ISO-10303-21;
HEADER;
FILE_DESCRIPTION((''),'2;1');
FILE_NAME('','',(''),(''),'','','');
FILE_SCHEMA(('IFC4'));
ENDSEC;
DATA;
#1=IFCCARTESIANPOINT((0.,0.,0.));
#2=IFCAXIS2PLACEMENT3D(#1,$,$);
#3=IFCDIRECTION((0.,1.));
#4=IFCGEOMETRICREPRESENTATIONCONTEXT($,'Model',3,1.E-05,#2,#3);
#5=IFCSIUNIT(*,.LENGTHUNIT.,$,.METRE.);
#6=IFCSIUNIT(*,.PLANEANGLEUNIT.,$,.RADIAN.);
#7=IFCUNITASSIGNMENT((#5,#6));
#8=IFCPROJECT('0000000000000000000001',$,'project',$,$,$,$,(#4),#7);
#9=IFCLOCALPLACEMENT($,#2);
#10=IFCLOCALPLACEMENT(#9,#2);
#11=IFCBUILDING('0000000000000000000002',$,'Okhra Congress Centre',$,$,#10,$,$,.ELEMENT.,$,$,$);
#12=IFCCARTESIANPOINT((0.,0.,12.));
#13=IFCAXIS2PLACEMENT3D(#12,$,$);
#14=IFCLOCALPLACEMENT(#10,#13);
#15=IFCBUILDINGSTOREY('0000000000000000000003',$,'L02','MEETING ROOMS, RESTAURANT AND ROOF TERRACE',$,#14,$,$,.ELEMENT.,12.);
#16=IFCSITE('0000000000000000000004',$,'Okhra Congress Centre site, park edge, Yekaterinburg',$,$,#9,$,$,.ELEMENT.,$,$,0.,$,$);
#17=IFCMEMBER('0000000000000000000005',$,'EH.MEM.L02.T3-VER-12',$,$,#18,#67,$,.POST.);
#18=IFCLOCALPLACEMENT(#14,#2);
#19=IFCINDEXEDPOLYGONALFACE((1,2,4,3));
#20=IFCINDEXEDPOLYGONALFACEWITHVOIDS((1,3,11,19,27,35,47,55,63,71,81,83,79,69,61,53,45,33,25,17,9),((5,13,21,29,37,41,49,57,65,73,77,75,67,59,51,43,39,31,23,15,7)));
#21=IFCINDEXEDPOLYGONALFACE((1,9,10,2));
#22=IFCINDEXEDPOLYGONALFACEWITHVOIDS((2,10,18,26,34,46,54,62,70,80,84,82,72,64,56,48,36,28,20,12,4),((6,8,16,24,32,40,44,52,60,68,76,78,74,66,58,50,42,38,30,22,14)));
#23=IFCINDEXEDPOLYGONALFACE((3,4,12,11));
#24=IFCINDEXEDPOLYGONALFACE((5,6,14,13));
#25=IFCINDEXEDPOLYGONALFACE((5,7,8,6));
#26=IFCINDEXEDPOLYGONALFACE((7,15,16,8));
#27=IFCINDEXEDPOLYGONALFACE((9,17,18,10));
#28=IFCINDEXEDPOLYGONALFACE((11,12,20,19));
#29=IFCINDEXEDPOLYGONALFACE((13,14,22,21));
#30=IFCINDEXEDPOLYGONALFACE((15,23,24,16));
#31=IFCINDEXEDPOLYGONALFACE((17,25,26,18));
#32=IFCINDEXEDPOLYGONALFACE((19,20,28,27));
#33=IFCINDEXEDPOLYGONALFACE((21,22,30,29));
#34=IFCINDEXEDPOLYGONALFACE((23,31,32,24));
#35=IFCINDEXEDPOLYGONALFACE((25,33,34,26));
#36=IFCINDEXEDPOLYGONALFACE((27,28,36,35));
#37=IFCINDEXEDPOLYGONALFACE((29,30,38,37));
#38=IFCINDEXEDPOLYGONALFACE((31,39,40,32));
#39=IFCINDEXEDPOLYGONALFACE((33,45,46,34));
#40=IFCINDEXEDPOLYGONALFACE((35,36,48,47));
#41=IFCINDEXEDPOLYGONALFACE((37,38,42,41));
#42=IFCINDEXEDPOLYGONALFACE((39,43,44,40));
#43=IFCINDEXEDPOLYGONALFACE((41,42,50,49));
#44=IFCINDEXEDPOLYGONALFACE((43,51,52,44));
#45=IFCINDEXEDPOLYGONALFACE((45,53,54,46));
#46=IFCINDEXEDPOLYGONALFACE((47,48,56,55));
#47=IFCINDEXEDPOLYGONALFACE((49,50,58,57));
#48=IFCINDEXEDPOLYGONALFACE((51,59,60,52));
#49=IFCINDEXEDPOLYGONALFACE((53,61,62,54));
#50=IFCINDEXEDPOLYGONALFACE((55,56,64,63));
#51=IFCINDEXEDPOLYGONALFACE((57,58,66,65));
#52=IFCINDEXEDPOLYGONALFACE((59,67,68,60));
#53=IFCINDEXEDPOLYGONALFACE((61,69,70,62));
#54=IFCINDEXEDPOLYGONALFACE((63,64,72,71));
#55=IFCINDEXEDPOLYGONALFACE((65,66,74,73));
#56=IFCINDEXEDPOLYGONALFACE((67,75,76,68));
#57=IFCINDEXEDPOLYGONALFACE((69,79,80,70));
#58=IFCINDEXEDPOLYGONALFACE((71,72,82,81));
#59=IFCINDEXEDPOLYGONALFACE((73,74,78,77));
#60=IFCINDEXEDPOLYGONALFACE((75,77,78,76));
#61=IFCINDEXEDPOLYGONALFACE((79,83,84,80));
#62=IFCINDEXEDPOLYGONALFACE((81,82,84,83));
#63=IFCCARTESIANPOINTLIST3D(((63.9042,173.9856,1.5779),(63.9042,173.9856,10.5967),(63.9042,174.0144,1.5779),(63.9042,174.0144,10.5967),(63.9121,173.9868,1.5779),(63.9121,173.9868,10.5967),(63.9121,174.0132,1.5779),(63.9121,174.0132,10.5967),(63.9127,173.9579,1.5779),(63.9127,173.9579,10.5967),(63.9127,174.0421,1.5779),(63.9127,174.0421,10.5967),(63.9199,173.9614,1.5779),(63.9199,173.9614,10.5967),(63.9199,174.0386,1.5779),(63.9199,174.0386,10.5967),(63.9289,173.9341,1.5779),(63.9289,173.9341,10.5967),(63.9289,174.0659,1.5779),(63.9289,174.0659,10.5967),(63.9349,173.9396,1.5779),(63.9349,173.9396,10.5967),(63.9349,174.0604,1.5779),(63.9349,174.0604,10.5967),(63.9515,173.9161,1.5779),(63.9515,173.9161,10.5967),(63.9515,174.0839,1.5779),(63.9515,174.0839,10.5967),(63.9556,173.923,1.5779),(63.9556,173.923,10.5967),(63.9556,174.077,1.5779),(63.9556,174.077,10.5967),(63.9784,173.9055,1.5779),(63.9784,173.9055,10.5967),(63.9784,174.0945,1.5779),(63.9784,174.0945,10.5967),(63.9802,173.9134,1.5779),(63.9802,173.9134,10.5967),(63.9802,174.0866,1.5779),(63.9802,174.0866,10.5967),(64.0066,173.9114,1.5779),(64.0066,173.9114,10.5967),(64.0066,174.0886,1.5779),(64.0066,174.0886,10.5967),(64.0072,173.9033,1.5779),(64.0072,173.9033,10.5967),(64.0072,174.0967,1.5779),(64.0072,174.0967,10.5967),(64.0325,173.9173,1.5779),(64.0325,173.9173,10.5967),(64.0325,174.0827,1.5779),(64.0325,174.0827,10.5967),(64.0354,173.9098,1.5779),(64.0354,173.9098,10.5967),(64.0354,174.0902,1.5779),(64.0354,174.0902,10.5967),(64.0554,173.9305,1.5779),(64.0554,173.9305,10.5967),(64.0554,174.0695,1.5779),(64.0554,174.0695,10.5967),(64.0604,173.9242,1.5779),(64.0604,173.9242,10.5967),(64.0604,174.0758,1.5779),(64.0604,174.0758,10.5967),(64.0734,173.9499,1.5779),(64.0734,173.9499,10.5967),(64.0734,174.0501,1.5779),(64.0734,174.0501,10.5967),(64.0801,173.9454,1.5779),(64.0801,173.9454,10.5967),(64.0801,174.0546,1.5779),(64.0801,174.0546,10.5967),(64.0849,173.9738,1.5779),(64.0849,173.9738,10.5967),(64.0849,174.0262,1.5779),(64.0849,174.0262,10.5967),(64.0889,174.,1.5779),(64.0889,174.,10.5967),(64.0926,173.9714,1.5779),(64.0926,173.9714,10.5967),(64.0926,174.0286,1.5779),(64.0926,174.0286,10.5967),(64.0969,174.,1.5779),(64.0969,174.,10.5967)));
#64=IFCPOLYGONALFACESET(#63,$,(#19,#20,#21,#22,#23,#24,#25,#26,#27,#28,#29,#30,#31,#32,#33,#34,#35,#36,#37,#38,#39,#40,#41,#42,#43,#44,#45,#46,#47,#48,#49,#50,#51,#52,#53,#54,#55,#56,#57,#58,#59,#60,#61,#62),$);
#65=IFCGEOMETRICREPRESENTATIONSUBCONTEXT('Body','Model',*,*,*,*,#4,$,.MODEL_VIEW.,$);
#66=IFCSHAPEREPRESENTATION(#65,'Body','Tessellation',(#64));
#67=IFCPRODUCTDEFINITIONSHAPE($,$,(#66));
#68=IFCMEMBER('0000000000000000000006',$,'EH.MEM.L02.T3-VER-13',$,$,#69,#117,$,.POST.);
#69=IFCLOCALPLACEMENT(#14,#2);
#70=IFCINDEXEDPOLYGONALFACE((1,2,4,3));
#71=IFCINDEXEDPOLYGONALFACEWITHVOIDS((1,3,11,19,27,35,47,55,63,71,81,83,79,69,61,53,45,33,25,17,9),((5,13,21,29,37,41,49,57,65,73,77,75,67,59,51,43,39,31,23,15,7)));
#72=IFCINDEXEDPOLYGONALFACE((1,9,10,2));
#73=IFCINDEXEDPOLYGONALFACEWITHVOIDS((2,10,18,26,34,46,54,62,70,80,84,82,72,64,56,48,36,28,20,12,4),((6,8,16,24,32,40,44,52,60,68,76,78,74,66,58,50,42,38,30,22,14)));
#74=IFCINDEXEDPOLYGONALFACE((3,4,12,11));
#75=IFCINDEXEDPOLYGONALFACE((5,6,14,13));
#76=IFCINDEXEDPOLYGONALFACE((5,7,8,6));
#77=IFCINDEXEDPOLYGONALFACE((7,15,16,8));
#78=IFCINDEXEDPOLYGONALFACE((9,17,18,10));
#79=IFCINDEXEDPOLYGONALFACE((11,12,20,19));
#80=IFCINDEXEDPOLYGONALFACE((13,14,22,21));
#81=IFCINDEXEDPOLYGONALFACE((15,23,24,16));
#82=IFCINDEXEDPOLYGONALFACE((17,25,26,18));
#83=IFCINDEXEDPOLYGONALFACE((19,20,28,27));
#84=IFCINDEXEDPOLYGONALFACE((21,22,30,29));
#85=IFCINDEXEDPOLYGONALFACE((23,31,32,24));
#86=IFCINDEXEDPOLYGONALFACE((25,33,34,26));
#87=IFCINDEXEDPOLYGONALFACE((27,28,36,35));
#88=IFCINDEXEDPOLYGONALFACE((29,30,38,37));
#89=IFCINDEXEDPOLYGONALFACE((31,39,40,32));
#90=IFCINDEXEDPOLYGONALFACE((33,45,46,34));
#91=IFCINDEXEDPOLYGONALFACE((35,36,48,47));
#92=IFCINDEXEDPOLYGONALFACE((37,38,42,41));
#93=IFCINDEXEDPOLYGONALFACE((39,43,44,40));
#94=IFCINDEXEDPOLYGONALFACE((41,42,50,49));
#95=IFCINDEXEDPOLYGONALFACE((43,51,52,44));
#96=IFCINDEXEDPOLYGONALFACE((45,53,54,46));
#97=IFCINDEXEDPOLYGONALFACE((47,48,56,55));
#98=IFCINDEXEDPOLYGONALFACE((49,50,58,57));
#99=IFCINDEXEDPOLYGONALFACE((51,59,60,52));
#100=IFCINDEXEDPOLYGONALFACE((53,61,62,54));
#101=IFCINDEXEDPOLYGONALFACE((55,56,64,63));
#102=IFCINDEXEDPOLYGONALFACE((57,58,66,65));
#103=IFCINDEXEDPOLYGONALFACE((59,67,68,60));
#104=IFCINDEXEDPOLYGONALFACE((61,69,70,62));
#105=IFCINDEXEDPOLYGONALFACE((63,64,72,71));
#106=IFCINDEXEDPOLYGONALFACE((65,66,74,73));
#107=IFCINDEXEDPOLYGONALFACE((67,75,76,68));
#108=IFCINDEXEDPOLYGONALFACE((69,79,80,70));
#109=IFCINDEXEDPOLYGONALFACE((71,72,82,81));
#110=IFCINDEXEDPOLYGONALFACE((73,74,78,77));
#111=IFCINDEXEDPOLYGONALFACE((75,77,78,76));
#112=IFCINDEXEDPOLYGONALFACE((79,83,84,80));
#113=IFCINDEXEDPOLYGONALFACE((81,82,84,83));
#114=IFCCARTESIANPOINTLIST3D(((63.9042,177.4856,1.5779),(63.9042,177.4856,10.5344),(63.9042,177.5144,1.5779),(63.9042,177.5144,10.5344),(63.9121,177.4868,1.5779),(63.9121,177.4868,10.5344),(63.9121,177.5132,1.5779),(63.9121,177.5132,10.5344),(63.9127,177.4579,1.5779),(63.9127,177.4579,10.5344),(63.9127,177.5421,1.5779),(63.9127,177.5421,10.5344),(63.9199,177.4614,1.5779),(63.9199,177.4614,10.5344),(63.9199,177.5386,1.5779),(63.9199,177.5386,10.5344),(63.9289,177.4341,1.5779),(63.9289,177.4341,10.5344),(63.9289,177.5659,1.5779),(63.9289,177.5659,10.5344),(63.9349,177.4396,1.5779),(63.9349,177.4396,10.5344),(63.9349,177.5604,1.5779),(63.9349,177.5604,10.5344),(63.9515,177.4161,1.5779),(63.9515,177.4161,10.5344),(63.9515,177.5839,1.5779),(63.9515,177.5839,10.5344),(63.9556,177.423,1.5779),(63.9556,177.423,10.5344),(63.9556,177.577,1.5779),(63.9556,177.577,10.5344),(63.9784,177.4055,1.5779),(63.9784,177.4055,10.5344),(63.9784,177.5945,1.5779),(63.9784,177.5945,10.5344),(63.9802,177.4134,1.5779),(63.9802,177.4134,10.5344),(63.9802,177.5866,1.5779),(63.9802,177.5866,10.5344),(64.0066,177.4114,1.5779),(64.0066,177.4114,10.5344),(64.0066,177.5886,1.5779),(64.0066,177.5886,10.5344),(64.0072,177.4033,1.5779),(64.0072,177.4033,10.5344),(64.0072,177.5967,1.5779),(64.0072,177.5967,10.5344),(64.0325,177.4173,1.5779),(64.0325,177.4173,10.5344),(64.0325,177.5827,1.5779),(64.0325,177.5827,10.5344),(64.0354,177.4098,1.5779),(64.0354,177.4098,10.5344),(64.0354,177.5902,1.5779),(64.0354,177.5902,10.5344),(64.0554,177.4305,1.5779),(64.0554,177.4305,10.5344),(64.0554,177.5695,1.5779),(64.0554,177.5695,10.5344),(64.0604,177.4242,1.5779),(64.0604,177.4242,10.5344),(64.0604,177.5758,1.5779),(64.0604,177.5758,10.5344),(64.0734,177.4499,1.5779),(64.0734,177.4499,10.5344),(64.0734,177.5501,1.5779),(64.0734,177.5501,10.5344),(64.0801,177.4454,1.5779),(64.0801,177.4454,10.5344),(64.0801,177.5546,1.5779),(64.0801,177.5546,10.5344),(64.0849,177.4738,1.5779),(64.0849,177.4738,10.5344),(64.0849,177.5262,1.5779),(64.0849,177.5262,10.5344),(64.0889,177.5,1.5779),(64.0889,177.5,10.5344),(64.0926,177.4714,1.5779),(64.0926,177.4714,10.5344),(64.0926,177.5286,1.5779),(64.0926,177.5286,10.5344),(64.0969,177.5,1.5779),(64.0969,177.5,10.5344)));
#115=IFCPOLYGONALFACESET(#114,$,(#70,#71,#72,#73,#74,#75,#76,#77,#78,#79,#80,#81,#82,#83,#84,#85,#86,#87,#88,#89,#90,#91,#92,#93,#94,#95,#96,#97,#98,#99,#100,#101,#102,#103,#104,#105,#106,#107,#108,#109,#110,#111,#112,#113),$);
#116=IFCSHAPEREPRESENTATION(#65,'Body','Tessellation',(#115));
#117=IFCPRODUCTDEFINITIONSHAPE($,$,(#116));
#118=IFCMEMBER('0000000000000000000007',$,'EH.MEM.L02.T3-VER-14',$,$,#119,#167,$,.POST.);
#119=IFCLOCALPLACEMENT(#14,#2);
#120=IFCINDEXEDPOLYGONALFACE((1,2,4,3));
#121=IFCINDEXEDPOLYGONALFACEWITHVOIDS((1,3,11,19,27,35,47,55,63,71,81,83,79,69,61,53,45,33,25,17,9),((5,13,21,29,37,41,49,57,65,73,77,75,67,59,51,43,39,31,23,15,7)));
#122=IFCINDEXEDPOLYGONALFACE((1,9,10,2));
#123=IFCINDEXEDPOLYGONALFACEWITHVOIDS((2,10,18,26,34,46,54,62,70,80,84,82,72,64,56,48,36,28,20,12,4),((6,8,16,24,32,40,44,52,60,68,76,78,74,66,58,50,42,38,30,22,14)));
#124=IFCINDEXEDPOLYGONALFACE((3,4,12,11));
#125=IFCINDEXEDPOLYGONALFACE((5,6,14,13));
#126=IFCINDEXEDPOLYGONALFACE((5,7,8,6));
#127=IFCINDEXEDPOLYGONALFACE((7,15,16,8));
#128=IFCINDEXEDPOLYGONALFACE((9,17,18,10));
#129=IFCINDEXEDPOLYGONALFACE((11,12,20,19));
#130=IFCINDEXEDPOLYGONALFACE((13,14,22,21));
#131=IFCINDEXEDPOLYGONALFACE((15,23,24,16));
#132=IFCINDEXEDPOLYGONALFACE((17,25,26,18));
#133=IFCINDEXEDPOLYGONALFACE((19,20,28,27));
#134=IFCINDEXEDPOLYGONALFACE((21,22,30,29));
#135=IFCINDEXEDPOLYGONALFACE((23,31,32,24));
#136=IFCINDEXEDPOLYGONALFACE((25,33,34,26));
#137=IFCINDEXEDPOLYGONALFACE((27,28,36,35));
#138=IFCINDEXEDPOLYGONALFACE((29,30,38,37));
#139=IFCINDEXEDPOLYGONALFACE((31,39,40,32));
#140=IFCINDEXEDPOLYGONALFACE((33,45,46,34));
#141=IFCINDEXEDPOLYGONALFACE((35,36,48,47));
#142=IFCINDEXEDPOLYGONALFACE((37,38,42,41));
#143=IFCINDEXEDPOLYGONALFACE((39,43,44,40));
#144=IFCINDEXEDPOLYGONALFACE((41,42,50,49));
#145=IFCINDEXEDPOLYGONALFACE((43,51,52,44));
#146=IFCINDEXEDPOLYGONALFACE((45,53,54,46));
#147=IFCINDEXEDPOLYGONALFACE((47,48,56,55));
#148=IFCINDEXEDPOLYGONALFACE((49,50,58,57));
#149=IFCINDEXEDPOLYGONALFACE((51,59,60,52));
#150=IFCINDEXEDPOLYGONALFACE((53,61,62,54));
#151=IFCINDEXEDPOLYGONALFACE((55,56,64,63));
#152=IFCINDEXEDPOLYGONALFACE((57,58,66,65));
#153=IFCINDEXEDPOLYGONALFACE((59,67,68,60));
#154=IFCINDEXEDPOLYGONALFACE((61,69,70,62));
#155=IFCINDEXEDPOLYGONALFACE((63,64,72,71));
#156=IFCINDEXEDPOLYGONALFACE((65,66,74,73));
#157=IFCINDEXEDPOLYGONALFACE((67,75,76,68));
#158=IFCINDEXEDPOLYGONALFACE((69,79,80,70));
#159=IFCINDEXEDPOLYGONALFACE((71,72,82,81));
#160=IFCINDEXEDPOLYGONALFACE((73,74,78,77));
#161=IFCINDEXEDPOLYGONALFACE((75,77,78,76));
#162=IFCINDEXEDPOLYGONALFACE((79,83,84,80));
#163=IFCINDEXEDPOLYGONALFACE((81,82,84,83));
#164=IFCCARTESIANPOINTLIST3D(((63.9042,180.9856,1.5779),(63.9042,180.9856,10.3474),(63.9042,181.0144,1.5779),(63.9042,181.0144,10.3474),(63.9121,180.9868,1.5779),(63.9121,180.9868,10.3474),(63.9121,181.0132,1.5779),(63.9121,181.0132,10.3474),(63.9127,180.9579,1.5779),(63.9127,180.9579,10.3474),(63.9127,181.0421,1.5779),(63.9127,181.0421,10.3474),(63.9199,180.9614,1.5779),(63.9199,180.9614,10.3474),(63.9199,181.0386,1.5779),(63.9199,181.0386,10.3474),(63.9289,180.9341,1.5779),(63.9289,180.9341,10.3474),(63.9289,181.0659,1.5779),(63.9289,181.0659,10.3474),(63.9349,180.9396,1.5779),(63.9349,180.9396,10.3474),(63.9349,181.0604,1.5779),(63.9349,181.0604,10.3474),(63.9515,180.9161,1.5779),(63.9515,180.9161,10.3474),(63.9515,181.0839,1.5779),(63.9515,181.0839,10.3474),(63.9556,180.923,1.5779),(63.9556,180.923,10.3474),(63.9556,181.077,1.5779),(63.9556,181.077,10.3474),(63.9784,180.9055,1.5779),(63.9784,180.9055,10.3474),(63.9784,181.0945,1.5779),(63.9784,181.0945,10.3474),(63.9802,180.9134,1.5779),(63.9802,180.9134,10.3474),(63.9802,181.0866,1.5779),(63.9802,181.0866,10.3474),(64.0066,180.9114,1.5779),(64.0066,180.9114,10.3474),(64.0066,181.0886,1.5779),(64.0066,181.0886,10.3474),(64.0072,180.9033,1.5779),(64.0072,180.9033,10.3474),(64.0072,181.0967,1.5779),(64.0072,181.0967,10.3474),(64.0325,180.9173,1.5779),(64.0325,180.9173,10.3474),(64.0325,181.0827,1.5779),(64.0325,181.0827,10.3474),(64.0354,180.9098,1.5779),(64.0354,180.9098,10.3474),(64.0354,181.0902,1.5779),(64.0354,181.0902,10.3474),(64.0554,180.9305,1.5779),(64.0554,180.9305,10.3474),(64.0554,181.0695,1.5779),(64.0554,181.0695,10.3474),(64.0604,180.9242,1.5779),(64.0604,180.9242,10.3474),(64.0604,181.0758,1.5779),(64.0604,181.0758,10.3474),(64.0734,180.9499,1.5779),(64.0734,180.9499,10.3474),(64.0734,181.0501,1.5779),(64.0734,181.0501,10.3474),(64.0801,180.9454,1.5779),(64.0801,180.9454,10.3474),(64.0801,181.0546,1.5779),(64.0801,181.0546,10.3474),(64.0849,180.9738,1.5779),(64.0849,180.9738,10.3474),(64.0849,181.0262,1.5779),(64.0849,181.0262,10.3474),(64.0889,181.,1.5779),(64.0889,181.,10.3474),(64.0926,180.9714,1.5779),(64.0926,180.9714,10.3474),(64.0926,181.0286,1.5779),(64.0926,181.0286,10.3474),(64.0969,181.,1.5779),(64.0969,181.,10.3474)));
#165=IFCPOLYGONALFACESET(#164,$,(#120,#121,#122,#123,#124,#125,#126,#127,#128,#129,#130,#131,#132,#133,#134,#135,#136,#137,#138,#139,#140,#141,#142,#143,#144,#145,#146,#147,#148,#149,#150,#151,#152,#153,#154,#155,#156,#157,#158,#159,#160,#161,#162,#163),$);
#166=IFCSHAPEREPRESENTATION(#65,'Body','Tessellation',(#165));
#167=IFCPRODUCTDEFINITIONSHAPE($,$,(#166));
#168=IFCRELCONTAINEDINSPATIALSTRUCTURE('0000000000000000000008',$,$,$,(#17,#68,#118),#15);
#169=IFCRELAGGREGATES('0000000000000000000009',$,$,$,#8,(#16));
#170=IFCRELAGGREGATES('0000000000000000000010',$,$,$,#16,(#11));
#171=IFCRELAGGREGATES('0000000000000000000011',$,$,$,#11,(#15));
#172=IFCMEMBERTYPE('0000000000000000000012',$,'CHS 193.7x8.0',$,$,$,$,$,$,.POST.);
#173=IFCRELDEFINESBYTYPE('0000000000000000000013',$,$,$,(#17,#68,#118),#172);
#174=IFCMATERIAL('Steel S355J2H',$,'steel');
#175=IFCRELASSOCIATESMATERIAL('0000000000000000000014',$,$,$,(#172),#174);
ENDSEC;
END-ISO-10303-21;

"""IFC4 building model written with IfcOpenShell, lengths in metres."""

from ifc_helpers import new_model, si_unit, direction, frame, origin, origin_2d, place, context, subcontext, project, spatial, hollow_circle, extrude, material, material_profile, profile_set, type_object, element, save


model = new_model("IFC4")

# Units and contexts
model_context = context("Model", 3, precision=1e-05, world=origin(), true_north=direction((0.0, 1.0)))
body_context = subcontext(model_context, "Body", "Model", "MODEL_VIEW")
ifc_project = project(units=[si_unit("LENGTHUNIT", "METRE"), si_unit("PLANEANGLEUNIT", "RADIAN")], contexts=[model_context])

# Site, building, storey
site_placement = place(None, origin())
site = spatial("IfcSite", under=ifc_project, at=site_placement, Name="Okhra Congress Centre site, park edge, Yekaterinburg", CompositionType="ELEMENT", RefElevation=0.0)
building_placement = place(site_placement, origin())
building = spatial("IfcBuilding", under=site, at=building_placement, Name="Okhra Congress Centre", CompositionType="ELEMENT")
storey_placement = place(building_placement, frame((0.0, 0.0, 12.0)))
storey = spatial("IfcBuildingStorey", under=building, at=storey_placement, Name="L02", Description="MEETING ROOMS, RESTAURANT AND ROOF TERRACE", CompositionType="ELEMENT", Elevation=12.0)

# Members
ifc_material_1 = material(Name="Steel S355J2H", Category="steel")
ifc_material_profile_1 = material_profile(ifc_material_1, hollow_circle(Radius=0.0969, WallThickness=0.0081, at=origin_2d()), Name="CHS 193.7x8.0")
ifc_profile_set_1 = profile_set([ifc_material_profile_1], Name="Steel S355J2H")
member_type_1 = type_object("IfcMemberType", Name="CHS 193.7x8.0", PredefinedType="POST", material=ifc_profile_set_1)
member_1_placement = place(storey_placement, frame((64.0, 174.0, 1.5779), z_axis=(0.0, 0.0, 1.0), x_axis=(1.0, 0.0, 0.0)))
element("IfcMember", 1, at=member_1_placement, inside=storey, type_object=member_type_1, Name="EH.MEM.L02.T3-VER-12", PredefinedType="POST", context=body_context, shape_type="SweptSolid", body=[
    extrude(hollow_circle(Radius=0.0969, WallThickness=0.0081, at=origin_2d()), origin(), (0.0, 0.0, 1.0), 9.0188),
])
member_2_placement = place(storey_placement, frame((64.0, 177.5, 1.5779), z_axis=(0.0, 0.0, 1.0), x_axis=(1.0, 0.0, 0.0)))
element("IfcMember", 2, at=member_2_placement, inside=storey, type_object=member_type_1, Name="EH.MEM.L02.T3-VER-13", PredefinedType="POST", context=body_context, shape_type="SweptSolid", body=[
    extrude(hollow_circle(Radius=0.0969, WallThickness=0.0081, at=origin_2d()), origin(), (0.0, 0.0, 1.0), 8.9565),
])
member_3_placement = place(storey_placement, frame((64.0, 181.0, 1.5779), z_axis=(0.0, 0.0, 1.0), x_axis=(1.0, 0.0, 0.0)))
element("IfcMember", 3, at=member_3_placement, inside=storey, type_object=member_type_1, Name="EH.MEM.L02.T3-VER-14", PredefinedType="POST", context=body_context, shape_type="SweptSolid", body=[
    extrude(hollow_circle(Radius=0.0969, WallThickness=0.0081, at=origin_2d()), origin(), (0.0, 0.0, 1.0), 8.7695),
])

save(model, "model.ifc")
